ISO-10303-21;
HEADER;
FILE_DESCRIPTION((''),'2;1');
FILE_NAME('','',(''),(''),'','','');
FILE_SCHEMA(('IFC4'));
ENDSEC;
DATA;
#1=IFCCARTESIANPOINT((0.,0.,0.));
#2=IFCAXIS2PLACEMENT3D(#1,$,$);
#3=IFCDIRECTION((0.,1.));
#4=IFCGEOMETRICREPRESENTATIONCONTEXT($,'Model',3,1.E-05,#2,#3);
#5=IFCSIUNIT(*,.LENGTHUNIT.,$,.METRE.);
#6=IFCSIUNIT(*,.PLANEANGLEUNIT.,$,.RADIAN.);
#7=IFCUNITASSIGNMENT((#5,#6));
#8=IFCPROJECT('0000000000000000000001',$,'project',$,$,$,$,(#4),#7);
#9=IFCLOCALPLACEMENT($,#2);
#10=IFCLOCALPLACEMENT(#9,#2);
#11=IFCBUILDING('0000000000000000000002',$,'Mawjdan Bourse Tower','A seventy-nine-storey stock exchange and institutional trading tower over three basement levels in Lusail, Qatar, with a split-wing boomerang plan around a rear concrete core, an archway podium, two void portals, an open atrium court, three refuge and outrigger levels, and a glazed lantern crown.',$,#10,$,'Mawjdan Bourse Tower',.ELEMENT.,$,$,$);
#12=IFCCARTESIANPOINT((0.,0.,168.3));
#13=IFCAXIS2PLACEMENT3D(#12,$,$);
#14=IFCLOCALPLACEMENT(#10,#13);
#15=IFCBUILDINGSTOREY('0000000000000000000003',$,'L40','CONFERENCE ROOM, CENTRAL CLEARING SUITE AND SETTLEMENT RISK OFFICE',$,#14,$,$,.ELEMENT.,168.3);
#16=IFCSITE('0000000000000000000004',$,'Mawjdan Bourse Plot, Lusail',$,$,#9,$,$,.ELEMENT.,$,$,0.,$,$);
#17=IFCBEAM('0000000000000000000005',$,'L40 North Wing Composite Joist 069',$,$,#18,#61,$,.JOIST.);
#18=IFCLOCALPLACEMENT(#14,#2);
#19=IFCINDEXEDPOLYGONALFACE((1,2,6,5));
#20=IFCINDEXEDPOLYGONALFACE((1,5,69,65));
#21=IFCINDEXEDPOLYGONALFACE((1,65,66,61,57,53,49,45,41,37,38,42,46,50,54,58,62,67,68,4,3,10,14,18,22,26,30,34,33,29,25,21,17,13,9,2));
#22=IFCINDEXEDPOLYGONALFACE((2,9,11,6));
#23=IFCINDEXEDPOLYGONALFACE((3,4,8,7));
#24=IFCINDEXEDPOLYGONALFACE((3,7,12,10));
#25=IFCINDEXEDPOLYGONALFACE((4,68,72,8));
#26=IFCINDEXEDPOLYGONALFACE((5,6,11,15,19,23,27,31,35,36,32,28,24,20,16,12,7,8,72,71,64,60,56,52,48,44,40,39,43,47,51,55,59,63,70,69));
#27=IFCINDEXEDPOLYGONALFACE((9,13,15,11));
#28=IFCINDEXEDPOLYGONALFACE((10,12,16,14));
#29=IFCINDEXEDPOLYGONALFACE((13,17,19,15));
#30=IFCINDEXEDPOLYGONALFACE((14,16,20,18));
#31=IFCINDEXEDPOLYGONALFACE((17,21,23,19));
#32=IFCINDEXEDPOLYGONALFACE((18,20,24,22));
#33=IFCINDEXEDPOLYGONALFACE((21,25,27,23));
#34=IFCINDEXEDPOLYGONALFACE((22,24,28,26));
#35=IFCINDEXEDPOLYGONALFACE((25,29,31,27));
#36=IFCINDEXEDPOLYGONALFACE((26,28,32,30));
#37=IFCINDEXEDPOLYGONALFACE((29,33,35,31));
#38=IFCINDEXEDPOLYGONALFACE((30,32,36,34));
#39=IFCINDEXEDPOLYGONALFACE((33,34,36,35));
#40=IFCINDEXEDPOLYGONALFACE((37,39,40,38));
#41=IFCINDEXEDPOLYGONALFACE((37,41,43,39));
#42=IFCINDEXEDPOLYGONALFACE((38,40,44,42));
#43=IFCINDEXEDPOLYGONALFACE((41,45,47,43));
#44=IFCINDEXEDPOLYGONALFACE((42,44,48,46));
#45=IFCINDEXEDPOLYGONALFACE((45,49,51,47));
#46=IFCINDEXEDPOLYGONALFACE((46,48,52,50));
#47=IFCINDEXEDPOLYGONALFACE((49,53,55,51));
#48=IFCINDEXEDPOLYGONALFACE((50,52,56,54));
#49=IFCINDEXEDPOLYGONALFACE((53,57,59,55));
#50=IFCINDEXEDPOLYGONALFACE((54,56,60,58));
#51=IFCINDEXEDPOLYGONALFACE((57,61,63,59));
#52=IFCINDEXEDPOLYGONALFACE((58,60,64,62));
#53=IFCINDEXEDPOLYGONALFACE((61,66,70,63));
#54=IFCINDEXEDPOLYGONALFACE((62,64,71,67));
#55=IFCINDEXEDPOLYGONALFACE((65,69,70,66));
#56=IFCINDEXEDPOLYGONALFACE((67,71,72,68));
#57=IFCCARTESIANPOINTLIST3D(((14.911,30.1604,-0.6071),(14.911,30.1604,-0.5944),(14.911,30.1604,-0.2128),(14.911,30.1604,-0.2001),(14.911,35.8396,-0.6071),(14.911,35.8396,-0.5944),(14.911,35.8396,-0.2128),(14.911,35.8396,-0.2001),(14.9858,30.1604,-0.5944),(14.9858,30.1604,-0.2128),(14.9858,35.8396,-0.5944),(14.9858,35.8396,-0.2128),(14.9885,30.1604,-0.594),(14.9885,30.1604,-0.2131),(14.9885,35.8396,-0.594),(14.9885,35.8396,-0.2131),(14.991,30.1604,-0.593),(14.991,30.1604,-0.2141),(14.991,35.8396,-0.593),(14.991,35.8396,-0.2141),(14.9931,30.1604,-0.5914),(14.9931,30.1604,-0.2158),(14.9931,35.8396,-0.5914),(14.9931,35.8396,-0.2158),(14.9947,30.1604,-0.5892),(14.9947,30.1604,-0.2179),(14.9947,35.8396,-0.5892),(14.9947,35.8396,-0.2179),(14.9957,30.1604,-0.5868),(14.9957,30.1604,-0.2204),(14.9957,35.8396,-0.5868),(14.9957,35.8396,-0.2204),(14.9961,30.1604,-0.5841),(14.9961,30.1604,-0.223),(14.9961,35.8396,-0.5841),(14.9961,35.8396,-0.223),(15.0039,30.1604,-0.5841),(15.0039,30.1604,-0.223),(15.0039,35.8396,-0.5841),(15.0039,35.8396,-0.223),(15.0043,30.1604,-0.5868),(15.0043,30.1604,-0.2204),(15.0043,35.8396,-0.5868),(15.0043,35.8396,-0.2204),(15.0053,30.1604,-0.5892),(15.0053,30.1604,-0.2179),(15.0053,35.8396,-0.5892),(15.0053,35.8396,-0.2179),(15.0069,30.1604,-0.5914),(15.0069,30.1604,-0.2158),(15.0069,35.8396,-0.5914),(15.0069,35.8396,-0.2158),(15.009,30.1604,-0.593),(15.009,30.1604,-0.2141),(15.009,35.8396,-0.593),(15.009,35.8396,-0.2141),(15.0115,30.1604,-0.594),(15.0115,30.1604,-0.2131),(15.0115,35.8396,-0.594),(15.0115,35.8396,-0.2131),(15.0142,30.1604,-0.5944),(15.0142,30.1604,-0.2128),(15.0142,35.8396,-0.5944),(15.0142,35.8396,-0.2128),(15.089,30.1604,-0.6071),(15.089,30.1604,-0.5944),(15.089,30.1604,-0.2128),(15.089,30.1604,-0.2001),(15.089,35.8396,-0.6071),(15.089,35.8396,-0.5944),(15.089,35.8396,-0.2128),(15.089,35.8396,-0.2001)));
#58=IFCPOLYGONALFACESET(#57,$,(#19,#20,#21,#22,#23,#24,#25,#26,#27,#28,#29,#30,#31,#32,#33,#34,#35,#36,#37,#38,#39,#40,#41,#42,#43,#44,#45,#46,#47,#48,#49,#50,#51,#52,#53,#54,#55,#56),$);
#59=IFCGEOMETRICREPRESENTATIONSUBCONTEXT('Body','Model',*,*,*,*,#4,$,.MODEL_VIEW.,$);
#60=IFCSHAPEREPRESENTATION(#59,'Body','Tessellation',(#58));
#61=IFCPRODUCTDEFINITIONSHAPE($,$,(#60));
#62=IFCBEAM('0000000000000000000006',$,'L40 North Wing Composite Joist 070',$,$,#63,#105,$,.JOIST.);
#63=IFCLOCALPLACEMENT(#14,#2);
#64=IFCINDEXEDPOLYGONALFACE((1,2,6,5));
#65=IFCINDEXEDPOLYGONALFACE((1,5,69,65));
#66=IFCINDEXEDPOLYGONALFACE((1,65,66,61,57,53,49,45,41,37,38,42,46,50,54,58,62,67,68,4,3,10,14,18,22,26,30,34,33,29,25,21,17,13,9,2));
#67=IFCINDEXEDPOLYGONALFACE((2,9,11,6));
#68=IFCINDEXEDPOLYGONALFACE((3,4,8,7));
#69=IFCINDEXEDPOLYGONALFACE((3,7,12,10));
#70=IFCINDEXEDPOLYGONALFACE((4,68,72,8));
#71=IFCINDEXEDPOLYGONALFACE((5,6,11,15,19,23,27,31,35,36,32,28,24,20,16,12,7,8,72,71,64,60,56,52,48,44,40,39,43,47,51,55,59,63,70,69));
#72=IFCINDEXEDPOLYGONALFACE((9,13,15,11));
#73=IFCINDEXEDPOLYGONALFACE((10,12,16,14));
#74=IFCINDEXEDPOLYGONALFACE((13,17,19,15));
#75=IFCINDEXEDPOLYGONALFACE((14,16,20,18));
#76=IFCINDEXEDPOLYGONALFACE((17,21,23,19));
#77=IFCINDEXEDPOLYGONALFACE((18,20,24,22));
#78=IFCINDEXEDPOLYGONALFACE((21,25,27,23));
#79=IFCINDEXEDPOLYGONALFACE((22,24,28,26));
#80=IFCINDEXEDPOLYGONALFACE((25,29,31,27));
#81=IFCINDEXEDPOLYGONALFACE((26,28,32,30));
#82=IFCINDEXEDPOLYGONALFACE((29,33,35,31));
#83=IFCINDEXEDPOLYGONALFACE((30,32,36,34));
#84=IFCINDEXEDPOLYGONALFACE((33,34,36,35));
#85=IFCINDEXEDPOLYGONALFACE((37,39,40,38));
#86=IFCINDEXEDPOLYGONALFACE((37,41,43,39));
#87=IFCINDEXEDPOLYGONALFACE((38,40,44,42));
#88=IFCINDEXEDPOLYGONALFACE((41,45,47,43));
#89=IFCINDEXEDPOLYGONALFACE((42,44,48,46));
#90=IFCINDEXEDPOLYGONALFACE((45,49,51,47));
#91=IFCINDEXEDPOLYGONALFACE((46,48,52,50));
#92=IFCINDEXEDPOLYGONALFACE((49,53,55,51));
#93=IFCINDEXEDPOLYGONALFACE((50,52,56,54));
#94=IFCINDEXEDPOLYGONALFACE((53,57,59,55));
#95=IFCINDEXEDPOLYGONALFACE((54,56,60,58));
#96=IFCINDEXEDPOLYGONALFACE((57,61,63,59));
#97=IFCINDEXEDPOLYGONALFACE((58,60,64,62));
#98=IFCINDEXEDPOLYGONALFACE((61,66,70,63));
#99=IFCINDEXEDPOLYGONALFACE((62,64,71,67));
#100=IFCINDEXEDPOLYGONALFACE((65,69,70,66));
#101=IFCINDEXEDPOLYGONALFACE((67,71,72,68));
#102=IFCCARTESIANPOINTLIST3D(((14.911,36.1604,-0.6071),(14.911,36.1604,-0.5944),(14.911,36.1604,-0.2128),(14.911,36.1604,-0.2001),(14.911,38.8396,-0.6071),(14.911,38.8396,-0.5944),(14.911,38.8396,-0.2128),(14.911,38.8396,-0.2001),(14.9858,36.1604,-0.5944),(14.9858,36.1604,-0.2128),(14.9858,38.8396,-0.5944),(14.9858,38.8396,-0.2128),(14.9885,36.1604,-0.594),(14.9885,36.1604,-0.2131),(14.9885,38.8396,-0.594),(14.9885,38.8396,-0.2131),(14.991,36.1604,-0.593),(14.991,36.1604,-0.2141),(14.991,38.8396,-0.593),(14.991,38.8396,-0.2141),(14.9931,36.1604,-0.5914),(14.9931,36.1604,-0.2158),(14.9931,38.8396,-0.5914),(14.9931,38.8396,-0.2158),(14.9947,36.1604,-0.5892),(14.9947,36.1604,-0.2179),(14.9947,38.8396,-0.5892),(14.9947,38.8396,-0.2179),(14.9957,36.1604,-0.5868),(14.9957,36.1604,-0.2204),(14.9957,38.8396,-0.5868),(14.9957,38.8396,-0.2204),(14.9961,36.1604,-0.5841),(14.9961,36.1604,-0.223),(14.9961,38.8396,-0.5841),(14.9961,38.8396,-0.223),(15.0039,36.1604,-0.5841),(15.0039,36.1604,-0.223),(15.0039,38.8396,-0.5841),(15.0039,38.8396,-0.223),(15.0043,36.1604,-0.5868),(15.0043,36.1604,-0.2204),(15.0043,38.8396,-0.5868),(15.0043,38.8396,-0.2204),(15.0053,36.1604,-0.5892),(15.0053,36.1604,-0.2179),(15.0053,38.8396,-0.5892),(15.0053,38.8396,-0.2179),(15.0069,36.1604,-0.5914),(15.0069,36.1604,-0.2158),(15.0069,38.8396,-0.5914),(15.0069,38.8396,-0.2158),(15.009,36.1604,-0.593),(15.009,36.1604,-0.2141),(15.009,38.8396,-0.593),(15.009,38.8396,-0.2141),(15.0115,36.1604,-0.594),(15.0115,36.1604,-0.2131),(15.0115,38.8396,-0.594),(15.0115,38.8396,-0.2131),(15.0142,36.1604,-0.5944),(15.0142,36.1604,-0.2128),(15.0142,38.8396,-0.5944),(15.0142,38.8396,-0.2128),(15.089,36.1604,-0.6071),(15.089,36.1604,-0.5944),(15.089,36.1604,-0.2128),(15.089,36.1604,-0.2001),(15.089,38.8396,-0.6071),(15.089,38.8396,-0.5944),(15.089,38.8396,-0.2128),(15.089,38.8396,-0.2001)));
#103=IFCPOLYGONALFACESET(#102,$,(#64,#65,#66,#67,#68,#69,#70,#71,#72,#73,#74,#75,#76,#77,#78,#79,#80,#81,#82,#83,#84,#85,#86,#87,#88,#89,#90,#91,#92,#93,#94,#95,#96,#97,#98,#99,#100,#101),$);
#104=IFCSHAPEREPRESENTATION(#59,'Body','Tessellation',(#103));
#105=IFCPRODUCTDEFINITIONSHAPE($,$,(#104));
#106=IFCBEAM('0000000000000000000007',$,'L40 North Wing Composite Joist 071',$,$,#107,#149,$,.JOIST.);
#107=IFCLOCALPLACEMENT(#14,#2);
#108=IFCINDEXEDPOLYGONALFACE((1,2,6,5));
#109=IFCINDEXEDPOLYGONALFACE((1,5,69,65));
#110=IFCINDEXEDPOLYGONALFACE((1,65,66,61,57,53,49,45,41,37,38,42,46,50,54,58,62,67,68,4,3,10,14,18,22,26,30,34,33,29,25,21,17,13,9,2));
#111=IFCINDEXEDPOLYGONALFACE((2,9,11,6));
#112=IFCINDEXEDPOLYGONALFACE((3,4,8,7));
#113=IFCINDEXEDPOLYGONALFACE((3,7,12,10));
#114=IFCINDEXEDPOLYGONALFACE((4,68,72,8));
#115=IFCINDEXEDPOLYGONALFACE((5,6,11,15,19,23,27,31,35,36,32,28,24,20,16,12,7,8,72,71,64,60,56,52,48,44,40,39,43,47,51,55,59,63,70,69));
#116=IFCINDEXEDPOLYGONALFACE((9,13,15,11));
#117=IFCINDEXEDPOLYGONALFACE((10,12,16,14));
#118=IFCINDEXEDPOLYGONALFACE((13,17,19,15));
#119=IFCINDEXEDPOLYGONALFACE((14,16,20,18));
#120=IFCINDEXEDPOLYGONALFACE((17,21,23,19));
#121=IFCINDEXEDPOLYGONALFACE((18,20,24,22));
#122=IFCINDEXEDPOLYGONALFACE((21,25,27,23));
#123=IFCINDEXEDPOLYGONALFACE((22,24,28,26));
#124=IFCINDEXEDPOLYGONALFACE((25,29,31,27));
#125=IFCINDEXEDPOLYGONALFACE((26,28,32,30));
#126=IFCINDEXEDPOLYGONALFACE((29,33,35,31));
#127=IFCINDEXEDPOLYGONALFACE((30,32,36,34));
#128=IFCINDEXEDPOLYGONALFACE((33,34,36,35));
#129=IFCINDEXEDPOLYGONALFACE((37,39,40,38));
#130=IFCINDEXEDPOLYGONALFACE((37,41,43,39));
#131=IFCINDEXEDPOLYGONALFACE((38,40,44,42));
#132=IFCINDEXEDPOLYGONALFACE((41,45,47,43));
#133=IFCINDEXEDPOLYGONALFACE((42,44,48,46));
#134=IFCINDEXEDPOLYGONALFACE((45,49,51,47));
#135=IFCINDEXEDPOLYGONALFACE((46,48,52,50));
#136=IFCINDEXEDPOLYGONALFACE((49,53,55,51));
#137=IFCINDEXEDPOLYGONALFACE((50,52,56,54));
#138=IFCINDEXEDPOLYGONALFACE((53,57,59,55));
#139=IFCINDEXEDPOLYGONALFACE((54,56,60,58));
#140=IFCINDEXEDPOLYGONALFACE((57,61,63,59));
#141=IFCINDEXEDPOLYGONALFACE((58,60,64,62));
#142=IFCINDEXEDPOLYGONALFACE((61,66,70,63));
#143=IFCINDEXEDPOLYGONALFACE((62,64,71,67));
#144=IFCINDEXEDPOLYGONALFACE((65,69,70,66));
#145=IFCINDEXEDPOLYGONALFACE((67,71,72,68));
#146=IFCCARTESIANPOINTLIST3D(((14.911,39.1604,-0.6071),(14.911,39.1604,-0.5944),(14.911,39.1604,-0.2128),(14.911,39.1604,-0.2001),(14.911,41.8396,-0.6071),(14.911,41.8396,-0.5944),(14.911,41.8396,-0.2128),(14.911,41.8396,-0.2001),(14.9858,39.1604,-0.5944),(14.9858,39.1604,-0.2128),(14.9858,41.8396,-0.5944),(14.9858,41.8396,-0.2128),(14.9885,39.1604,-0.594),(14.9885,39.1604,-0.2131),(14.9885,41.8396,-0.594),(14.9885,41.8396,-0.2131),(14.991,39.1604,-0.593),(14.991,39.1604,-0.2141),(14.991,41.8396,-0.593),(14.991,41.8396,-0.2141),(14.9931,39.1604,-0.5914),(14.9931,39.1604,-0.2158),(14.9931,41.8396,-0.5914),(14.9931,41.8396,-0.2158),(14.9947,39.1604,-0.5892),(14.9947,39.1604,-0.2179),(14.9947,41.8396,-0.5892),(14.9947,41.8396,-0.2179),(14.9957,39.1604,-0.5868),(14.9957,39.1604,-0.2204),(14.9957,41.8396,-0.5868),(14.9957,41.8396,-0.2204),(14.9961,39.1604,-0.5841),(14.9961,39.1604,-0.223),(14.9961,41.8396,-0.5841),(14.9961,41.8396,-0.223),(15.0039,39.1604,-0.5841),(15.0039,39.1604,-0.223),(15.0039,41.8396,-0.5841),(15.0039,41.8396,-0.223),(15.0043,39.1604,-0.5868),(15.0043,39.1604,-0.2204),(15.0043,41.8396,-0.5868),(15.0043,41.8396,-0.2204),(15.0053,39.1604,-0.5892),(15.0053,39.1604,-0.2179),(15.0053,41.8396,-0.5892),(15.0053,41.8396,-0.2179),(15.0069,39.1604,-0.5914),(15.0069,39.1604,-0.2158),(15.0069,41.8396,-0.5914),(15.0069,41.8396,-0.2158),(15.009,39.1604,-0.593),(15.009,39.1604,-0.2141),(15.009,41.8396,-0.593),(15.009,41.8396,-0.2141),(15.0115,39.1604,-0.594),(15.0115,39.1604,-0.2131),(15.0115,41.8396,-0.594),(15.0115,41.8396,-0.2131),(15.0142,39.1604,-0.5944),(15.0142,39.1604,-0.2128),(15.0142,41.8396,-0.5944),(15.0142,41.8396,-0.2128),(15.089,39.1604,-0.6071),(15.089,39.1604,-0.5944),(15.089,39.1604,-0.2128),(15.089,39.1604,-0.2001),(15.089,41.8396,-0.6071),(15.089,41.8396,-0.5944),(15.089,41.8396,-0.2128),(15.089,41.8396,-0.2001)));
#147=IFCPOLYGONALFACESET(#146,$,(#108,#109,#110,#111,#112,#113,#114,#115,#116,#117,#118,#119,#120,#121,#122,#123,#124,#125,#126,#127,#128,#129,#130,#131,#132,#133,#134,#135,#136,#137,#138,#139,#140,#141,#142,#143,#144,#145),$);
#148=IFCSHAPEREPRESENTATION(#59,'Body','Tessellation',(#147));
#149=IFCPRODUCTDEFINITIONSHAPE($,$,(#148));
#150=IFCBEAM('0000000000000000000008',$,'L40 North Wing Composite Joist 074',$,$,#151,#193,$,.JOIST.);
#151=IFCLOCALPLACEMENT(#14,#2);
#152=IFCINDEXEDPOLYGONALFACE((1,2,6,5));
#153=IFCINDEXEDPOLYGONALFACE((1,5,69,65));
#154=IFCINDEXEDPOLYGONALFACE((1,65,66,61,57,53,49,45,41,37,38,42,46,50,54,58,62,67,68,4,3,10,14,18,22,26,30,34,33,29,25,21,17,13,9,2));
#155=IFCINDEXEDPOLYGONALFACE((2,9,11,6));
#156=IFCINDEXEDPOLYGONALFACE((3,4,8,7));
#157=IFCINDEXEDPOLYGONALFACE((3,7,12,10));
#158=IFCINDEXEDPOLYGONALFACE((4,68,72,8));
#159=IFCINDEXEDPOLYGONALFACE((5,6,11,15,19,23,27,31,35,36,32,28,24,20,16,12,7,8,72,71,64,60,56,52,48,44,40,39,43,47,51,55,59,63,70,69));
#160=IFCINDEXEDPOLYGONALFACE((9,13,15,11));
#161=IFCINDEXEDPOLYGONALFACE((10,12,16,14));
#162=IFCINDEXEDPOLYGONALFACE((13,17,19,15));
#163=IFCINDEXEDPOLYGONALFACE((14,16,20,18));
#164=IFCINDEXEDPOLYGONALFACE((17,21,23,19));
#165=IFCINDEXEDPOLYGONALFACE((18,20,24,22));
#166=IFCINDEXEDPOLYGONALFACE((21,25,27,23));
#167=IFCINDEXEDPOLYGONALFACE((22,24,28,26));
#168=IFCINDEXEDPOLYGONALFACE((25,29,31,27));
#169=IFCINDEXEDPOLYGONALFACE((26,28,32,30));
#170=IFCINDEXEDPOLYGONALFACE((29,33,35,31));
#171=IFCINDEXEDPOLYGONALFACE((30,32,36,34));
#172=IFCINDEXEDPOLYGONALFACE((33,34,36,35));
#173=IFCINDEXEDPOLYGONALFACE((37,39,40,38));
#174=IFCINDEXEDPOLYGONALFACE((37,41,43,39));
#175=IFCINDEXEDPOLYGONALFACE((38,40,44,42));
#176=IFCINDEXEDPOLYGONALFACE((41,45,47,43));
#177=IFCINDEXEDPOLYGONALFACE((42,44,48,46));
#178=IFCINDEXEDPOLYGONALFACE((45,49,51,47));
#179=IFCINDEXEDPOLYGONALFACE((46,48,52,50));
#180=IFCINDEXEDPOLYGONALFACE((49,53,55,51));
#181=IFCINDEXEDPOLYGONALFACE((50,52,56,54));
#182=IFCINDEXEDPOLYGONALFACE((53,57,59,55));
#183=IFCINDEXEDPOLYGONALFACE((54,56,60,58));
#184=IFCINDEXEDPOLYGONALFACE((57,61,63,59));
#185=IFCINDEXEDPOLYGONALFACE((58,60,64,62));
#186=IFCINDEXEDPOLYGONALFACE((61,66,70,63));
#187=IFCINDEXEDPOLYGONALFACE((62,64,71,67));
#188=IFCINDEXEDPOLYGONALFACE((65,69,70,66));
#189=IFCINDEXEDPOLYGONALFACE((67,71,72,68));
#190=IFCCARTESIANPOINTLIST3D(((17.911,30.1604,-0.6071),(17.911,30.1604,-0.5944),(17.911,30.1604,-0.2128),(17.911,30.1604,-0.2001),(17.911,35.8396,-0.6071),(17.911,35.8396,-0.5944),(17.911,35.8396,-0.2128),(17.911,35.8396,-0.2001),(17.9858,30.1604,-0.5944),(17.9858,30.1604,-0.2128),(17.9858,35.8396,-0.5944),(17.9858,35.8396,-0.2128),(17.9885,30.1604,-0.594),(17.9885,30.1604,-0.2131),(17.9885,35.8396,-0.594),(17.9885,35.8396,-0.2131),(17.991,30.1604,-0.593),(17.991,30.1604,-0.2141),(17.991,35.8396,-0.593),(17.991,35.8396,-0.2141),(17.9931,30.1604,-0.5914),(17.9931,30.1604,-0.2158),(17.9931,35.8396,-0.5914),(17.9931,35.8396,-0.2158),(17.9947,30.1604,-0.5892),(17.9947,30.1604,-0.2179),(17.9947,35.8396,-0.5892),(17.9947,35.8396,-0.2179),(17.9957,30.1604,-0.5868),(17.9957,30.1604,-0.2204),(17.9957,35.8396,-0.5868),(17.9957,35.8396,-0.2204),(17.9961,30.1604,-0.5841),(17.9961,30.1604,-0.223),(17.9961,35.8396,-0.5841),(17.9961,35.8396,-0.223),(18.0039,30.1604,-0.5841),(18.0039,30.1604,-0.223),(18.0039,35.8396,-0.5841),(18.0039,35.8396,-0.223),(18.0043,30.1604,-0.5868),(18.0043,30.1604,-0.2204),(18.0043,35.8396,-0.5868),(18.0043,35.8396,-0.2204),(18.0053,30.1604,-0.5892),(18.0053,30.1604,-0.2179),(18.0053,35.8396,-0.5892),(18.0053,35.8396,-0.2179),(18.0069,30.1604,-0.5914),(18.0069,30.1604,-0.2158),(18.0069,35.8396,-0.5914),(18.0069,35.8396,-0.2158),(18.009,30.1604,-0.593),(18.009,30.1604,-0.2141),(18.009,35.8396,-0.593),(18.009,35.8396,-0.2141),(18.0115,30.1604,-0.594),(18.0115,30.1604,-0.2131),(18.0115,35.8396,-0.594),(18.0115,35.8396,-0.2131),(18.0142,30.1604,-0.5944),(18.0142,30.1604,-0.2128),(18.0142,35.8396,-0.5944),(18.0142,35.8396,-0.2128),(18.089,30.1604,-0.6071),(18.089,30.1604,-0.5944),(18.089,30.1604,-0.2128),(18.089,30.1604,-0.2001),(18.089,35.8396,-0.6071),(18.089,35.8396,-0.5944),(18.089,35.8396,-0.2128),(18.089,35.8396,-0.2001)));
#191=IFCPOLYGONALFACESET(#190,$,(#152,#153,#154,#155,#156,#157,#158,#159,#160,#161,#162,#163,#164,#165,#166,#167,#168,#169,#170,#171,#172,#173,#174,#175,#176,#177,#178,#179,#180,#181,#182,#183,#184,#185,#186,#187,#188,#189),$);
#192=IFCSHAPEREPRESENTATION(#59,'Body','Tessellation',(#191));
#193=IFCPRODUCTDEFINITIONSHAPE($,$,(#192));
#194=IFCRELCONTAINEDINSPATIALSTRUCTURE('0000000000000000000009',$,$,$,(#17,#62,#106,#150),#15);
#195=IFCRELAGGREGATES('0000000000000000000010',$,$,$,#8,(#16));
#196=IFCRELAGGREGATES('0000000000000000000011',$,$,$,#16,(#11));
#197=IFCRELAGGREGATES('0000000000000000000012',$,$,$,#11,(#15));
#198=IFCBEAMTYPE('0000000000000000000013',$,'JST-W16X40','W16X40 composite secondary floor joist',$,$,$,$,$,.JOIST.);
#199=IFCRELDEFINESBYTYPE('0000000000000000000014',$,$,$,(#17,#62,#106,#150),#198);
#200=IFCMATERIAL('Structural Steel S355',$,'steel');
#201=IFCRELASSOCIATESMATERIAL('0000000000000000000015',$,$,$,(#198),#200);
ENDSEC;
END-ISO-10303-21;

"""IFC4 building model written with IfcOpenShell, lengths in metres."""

from ifc_helpers import new_model, si_unit, direction, frame, origin, origin_2d, place, context, subcontext, project, spatial, i_section, extrude, material, material_profile, profile_set, type_object, element, save


model = new_model("IFC4")

# Units and contexts
model_context = context("Model", 3, precision=1e-05, world=origin(), true_north=direction((0.0, 1.0)))
body_context = subcontext(model_context, "Body", "Model", "MODEL_VIEW")
ifc_project = project(units=[si_unit("LENGTHUNIT", "METRE"), si_unit("PLANEANGLEUNIT", "RADIAN")], contexts=[model_context])

# Site, building, storey
site_placement = place(None, origin())
site = spatial("IfcSite", under=ifc_project, at=site_placement, Name="Mawjdan Bourse Plot, Lusail", CompositionType="ELEMENT", RefElevation=0.0)
building_placement = place(site_placement, origin())
building = spatial("IfcBuilding", under=site, at=building_placement, Name="Mawjdan Bourse Tower", Description="A seventy-nine-storey stock exchange and institutional trading tower over three basement levels in Lusail, Qatar, with a split-wing boomerang plan around a rear concrete core, an archway podium, two void portals, an open atrium court, three refuge and outrigger levels, and a glazed lantern crown.", LongName="Mawjdan Bourse Tower", CompositionType="ELEMENT")
storey_placement = place(building_placement, frame((0.0, 0.0, 168.3)))
storey = spatial("IfcBuildingStorey", under=building, at=storey_placement, Name="L40", Description="CONFERENCE ROOM, CENTRAL CLEARING SUITE AND SETTLEMENT RISK OFFICE", CompositionType="ELEMENT", Elevation=168.3)

# Beams
ifc_material_1 = material(Name="Structural Steel S355", Category="steel")
ifc_material_profile_1 = material_profile(ifc_material_1, i_section(OverallWidth=0.178, OverallDepth=0.407, WebThickness=0.0078, FlangeThickness=0.0127, FilletRadius=0.0103, at=origin_2d()), Name="W16X40")
ifc_profile_set_1 = profile_set([ifc_material_profile_1], Name="Structural Steel S355")
beam_type_1 = type_object("IfcBeamType", Name="JST-W16X40", Description="W16X40 composite secondary floor joist", PredefinedType="JOIST", material=ifc_profile_set_1)
beam_1_placement = place(storey_placement, frame((15.0, 30.1604, -0.4036), z_axis=(0.0, 1.0, 0.0), x_axis=(-1.0, 0.0, 0.0)))
element("IfcBeam", 1, at=beam_1_placement, inside=storey, type_object=beam_type_1, Name="L40 North Wing Composite Joist 069", PredefinedType="JOIST", context=body_context, shape_type="SweptSolid", body=[
    extrude(i_section(OverallWidth=0.178, OverallDepth=0.407, WebThickness=0.0078, FlangeThickness=0.0127, FilletRadius=0.0103, at=origin_2d()), origin(), (0.0, 0.0, 1.0), 5.6792),
])
for number, where, z_axis, x_axis, name in (
    (2, (15.0, 36.1604, -0.4036), (0.0, 1.0, 0.0), (-1.0, 0.0, 0.0), "L40 North Wing Composite Joist 070"),
    (3, (15.0, 39.1604, -0.4036), (0.0, 1.0, 0.0), (-1.0, 0.0, 0.0), "L40 North Wing Composite Joist 071"),
):
    element("IfcBeam", number, at=place(storey_placement, frame(where, z_axis=z_axis, x_axis=x_axis)), inside=storey, type_object=beam_type_1, Name=name, PredefinedType="JOIST", context=body_context, shape_type="SweptSolid", body=[
        extrude(i_section(OverallWidth=0.178, OverallDepth=0.407, WebThickness=0.0078, FlangeThickness=0.0127, FilletRadius=0.0103, at=origin_2d()), origin(), (0.0, 0.0, 1.0), 2.6792),
    ])
beam_2_placement = place(storey_placement, frame((18.0, 30.1604, -0.4036), z_axis=(0.0, 1.0, 0.0), x_axis=(-1.0, 0.0, 0.0)))
element("IfcBeam", 4, at=beam_2_placement, inside=storey, type_object=beam_type_1, Name="L40 North Wing Composite Joist 074", PredefinedType="JOIST", context=body_context, shape_type="SweptSolid", body=[
    extrude(i_section(OverallWidth=0.178, OverallDepth=0.407, WebThickness=0.0078, FlangeThickness=0.0127, FilletRadius=0.0103, at=origin_2d()), origin(), (0.0, 0.0, 1.0), 5.6792),
])

save(model, "model.ifc")
